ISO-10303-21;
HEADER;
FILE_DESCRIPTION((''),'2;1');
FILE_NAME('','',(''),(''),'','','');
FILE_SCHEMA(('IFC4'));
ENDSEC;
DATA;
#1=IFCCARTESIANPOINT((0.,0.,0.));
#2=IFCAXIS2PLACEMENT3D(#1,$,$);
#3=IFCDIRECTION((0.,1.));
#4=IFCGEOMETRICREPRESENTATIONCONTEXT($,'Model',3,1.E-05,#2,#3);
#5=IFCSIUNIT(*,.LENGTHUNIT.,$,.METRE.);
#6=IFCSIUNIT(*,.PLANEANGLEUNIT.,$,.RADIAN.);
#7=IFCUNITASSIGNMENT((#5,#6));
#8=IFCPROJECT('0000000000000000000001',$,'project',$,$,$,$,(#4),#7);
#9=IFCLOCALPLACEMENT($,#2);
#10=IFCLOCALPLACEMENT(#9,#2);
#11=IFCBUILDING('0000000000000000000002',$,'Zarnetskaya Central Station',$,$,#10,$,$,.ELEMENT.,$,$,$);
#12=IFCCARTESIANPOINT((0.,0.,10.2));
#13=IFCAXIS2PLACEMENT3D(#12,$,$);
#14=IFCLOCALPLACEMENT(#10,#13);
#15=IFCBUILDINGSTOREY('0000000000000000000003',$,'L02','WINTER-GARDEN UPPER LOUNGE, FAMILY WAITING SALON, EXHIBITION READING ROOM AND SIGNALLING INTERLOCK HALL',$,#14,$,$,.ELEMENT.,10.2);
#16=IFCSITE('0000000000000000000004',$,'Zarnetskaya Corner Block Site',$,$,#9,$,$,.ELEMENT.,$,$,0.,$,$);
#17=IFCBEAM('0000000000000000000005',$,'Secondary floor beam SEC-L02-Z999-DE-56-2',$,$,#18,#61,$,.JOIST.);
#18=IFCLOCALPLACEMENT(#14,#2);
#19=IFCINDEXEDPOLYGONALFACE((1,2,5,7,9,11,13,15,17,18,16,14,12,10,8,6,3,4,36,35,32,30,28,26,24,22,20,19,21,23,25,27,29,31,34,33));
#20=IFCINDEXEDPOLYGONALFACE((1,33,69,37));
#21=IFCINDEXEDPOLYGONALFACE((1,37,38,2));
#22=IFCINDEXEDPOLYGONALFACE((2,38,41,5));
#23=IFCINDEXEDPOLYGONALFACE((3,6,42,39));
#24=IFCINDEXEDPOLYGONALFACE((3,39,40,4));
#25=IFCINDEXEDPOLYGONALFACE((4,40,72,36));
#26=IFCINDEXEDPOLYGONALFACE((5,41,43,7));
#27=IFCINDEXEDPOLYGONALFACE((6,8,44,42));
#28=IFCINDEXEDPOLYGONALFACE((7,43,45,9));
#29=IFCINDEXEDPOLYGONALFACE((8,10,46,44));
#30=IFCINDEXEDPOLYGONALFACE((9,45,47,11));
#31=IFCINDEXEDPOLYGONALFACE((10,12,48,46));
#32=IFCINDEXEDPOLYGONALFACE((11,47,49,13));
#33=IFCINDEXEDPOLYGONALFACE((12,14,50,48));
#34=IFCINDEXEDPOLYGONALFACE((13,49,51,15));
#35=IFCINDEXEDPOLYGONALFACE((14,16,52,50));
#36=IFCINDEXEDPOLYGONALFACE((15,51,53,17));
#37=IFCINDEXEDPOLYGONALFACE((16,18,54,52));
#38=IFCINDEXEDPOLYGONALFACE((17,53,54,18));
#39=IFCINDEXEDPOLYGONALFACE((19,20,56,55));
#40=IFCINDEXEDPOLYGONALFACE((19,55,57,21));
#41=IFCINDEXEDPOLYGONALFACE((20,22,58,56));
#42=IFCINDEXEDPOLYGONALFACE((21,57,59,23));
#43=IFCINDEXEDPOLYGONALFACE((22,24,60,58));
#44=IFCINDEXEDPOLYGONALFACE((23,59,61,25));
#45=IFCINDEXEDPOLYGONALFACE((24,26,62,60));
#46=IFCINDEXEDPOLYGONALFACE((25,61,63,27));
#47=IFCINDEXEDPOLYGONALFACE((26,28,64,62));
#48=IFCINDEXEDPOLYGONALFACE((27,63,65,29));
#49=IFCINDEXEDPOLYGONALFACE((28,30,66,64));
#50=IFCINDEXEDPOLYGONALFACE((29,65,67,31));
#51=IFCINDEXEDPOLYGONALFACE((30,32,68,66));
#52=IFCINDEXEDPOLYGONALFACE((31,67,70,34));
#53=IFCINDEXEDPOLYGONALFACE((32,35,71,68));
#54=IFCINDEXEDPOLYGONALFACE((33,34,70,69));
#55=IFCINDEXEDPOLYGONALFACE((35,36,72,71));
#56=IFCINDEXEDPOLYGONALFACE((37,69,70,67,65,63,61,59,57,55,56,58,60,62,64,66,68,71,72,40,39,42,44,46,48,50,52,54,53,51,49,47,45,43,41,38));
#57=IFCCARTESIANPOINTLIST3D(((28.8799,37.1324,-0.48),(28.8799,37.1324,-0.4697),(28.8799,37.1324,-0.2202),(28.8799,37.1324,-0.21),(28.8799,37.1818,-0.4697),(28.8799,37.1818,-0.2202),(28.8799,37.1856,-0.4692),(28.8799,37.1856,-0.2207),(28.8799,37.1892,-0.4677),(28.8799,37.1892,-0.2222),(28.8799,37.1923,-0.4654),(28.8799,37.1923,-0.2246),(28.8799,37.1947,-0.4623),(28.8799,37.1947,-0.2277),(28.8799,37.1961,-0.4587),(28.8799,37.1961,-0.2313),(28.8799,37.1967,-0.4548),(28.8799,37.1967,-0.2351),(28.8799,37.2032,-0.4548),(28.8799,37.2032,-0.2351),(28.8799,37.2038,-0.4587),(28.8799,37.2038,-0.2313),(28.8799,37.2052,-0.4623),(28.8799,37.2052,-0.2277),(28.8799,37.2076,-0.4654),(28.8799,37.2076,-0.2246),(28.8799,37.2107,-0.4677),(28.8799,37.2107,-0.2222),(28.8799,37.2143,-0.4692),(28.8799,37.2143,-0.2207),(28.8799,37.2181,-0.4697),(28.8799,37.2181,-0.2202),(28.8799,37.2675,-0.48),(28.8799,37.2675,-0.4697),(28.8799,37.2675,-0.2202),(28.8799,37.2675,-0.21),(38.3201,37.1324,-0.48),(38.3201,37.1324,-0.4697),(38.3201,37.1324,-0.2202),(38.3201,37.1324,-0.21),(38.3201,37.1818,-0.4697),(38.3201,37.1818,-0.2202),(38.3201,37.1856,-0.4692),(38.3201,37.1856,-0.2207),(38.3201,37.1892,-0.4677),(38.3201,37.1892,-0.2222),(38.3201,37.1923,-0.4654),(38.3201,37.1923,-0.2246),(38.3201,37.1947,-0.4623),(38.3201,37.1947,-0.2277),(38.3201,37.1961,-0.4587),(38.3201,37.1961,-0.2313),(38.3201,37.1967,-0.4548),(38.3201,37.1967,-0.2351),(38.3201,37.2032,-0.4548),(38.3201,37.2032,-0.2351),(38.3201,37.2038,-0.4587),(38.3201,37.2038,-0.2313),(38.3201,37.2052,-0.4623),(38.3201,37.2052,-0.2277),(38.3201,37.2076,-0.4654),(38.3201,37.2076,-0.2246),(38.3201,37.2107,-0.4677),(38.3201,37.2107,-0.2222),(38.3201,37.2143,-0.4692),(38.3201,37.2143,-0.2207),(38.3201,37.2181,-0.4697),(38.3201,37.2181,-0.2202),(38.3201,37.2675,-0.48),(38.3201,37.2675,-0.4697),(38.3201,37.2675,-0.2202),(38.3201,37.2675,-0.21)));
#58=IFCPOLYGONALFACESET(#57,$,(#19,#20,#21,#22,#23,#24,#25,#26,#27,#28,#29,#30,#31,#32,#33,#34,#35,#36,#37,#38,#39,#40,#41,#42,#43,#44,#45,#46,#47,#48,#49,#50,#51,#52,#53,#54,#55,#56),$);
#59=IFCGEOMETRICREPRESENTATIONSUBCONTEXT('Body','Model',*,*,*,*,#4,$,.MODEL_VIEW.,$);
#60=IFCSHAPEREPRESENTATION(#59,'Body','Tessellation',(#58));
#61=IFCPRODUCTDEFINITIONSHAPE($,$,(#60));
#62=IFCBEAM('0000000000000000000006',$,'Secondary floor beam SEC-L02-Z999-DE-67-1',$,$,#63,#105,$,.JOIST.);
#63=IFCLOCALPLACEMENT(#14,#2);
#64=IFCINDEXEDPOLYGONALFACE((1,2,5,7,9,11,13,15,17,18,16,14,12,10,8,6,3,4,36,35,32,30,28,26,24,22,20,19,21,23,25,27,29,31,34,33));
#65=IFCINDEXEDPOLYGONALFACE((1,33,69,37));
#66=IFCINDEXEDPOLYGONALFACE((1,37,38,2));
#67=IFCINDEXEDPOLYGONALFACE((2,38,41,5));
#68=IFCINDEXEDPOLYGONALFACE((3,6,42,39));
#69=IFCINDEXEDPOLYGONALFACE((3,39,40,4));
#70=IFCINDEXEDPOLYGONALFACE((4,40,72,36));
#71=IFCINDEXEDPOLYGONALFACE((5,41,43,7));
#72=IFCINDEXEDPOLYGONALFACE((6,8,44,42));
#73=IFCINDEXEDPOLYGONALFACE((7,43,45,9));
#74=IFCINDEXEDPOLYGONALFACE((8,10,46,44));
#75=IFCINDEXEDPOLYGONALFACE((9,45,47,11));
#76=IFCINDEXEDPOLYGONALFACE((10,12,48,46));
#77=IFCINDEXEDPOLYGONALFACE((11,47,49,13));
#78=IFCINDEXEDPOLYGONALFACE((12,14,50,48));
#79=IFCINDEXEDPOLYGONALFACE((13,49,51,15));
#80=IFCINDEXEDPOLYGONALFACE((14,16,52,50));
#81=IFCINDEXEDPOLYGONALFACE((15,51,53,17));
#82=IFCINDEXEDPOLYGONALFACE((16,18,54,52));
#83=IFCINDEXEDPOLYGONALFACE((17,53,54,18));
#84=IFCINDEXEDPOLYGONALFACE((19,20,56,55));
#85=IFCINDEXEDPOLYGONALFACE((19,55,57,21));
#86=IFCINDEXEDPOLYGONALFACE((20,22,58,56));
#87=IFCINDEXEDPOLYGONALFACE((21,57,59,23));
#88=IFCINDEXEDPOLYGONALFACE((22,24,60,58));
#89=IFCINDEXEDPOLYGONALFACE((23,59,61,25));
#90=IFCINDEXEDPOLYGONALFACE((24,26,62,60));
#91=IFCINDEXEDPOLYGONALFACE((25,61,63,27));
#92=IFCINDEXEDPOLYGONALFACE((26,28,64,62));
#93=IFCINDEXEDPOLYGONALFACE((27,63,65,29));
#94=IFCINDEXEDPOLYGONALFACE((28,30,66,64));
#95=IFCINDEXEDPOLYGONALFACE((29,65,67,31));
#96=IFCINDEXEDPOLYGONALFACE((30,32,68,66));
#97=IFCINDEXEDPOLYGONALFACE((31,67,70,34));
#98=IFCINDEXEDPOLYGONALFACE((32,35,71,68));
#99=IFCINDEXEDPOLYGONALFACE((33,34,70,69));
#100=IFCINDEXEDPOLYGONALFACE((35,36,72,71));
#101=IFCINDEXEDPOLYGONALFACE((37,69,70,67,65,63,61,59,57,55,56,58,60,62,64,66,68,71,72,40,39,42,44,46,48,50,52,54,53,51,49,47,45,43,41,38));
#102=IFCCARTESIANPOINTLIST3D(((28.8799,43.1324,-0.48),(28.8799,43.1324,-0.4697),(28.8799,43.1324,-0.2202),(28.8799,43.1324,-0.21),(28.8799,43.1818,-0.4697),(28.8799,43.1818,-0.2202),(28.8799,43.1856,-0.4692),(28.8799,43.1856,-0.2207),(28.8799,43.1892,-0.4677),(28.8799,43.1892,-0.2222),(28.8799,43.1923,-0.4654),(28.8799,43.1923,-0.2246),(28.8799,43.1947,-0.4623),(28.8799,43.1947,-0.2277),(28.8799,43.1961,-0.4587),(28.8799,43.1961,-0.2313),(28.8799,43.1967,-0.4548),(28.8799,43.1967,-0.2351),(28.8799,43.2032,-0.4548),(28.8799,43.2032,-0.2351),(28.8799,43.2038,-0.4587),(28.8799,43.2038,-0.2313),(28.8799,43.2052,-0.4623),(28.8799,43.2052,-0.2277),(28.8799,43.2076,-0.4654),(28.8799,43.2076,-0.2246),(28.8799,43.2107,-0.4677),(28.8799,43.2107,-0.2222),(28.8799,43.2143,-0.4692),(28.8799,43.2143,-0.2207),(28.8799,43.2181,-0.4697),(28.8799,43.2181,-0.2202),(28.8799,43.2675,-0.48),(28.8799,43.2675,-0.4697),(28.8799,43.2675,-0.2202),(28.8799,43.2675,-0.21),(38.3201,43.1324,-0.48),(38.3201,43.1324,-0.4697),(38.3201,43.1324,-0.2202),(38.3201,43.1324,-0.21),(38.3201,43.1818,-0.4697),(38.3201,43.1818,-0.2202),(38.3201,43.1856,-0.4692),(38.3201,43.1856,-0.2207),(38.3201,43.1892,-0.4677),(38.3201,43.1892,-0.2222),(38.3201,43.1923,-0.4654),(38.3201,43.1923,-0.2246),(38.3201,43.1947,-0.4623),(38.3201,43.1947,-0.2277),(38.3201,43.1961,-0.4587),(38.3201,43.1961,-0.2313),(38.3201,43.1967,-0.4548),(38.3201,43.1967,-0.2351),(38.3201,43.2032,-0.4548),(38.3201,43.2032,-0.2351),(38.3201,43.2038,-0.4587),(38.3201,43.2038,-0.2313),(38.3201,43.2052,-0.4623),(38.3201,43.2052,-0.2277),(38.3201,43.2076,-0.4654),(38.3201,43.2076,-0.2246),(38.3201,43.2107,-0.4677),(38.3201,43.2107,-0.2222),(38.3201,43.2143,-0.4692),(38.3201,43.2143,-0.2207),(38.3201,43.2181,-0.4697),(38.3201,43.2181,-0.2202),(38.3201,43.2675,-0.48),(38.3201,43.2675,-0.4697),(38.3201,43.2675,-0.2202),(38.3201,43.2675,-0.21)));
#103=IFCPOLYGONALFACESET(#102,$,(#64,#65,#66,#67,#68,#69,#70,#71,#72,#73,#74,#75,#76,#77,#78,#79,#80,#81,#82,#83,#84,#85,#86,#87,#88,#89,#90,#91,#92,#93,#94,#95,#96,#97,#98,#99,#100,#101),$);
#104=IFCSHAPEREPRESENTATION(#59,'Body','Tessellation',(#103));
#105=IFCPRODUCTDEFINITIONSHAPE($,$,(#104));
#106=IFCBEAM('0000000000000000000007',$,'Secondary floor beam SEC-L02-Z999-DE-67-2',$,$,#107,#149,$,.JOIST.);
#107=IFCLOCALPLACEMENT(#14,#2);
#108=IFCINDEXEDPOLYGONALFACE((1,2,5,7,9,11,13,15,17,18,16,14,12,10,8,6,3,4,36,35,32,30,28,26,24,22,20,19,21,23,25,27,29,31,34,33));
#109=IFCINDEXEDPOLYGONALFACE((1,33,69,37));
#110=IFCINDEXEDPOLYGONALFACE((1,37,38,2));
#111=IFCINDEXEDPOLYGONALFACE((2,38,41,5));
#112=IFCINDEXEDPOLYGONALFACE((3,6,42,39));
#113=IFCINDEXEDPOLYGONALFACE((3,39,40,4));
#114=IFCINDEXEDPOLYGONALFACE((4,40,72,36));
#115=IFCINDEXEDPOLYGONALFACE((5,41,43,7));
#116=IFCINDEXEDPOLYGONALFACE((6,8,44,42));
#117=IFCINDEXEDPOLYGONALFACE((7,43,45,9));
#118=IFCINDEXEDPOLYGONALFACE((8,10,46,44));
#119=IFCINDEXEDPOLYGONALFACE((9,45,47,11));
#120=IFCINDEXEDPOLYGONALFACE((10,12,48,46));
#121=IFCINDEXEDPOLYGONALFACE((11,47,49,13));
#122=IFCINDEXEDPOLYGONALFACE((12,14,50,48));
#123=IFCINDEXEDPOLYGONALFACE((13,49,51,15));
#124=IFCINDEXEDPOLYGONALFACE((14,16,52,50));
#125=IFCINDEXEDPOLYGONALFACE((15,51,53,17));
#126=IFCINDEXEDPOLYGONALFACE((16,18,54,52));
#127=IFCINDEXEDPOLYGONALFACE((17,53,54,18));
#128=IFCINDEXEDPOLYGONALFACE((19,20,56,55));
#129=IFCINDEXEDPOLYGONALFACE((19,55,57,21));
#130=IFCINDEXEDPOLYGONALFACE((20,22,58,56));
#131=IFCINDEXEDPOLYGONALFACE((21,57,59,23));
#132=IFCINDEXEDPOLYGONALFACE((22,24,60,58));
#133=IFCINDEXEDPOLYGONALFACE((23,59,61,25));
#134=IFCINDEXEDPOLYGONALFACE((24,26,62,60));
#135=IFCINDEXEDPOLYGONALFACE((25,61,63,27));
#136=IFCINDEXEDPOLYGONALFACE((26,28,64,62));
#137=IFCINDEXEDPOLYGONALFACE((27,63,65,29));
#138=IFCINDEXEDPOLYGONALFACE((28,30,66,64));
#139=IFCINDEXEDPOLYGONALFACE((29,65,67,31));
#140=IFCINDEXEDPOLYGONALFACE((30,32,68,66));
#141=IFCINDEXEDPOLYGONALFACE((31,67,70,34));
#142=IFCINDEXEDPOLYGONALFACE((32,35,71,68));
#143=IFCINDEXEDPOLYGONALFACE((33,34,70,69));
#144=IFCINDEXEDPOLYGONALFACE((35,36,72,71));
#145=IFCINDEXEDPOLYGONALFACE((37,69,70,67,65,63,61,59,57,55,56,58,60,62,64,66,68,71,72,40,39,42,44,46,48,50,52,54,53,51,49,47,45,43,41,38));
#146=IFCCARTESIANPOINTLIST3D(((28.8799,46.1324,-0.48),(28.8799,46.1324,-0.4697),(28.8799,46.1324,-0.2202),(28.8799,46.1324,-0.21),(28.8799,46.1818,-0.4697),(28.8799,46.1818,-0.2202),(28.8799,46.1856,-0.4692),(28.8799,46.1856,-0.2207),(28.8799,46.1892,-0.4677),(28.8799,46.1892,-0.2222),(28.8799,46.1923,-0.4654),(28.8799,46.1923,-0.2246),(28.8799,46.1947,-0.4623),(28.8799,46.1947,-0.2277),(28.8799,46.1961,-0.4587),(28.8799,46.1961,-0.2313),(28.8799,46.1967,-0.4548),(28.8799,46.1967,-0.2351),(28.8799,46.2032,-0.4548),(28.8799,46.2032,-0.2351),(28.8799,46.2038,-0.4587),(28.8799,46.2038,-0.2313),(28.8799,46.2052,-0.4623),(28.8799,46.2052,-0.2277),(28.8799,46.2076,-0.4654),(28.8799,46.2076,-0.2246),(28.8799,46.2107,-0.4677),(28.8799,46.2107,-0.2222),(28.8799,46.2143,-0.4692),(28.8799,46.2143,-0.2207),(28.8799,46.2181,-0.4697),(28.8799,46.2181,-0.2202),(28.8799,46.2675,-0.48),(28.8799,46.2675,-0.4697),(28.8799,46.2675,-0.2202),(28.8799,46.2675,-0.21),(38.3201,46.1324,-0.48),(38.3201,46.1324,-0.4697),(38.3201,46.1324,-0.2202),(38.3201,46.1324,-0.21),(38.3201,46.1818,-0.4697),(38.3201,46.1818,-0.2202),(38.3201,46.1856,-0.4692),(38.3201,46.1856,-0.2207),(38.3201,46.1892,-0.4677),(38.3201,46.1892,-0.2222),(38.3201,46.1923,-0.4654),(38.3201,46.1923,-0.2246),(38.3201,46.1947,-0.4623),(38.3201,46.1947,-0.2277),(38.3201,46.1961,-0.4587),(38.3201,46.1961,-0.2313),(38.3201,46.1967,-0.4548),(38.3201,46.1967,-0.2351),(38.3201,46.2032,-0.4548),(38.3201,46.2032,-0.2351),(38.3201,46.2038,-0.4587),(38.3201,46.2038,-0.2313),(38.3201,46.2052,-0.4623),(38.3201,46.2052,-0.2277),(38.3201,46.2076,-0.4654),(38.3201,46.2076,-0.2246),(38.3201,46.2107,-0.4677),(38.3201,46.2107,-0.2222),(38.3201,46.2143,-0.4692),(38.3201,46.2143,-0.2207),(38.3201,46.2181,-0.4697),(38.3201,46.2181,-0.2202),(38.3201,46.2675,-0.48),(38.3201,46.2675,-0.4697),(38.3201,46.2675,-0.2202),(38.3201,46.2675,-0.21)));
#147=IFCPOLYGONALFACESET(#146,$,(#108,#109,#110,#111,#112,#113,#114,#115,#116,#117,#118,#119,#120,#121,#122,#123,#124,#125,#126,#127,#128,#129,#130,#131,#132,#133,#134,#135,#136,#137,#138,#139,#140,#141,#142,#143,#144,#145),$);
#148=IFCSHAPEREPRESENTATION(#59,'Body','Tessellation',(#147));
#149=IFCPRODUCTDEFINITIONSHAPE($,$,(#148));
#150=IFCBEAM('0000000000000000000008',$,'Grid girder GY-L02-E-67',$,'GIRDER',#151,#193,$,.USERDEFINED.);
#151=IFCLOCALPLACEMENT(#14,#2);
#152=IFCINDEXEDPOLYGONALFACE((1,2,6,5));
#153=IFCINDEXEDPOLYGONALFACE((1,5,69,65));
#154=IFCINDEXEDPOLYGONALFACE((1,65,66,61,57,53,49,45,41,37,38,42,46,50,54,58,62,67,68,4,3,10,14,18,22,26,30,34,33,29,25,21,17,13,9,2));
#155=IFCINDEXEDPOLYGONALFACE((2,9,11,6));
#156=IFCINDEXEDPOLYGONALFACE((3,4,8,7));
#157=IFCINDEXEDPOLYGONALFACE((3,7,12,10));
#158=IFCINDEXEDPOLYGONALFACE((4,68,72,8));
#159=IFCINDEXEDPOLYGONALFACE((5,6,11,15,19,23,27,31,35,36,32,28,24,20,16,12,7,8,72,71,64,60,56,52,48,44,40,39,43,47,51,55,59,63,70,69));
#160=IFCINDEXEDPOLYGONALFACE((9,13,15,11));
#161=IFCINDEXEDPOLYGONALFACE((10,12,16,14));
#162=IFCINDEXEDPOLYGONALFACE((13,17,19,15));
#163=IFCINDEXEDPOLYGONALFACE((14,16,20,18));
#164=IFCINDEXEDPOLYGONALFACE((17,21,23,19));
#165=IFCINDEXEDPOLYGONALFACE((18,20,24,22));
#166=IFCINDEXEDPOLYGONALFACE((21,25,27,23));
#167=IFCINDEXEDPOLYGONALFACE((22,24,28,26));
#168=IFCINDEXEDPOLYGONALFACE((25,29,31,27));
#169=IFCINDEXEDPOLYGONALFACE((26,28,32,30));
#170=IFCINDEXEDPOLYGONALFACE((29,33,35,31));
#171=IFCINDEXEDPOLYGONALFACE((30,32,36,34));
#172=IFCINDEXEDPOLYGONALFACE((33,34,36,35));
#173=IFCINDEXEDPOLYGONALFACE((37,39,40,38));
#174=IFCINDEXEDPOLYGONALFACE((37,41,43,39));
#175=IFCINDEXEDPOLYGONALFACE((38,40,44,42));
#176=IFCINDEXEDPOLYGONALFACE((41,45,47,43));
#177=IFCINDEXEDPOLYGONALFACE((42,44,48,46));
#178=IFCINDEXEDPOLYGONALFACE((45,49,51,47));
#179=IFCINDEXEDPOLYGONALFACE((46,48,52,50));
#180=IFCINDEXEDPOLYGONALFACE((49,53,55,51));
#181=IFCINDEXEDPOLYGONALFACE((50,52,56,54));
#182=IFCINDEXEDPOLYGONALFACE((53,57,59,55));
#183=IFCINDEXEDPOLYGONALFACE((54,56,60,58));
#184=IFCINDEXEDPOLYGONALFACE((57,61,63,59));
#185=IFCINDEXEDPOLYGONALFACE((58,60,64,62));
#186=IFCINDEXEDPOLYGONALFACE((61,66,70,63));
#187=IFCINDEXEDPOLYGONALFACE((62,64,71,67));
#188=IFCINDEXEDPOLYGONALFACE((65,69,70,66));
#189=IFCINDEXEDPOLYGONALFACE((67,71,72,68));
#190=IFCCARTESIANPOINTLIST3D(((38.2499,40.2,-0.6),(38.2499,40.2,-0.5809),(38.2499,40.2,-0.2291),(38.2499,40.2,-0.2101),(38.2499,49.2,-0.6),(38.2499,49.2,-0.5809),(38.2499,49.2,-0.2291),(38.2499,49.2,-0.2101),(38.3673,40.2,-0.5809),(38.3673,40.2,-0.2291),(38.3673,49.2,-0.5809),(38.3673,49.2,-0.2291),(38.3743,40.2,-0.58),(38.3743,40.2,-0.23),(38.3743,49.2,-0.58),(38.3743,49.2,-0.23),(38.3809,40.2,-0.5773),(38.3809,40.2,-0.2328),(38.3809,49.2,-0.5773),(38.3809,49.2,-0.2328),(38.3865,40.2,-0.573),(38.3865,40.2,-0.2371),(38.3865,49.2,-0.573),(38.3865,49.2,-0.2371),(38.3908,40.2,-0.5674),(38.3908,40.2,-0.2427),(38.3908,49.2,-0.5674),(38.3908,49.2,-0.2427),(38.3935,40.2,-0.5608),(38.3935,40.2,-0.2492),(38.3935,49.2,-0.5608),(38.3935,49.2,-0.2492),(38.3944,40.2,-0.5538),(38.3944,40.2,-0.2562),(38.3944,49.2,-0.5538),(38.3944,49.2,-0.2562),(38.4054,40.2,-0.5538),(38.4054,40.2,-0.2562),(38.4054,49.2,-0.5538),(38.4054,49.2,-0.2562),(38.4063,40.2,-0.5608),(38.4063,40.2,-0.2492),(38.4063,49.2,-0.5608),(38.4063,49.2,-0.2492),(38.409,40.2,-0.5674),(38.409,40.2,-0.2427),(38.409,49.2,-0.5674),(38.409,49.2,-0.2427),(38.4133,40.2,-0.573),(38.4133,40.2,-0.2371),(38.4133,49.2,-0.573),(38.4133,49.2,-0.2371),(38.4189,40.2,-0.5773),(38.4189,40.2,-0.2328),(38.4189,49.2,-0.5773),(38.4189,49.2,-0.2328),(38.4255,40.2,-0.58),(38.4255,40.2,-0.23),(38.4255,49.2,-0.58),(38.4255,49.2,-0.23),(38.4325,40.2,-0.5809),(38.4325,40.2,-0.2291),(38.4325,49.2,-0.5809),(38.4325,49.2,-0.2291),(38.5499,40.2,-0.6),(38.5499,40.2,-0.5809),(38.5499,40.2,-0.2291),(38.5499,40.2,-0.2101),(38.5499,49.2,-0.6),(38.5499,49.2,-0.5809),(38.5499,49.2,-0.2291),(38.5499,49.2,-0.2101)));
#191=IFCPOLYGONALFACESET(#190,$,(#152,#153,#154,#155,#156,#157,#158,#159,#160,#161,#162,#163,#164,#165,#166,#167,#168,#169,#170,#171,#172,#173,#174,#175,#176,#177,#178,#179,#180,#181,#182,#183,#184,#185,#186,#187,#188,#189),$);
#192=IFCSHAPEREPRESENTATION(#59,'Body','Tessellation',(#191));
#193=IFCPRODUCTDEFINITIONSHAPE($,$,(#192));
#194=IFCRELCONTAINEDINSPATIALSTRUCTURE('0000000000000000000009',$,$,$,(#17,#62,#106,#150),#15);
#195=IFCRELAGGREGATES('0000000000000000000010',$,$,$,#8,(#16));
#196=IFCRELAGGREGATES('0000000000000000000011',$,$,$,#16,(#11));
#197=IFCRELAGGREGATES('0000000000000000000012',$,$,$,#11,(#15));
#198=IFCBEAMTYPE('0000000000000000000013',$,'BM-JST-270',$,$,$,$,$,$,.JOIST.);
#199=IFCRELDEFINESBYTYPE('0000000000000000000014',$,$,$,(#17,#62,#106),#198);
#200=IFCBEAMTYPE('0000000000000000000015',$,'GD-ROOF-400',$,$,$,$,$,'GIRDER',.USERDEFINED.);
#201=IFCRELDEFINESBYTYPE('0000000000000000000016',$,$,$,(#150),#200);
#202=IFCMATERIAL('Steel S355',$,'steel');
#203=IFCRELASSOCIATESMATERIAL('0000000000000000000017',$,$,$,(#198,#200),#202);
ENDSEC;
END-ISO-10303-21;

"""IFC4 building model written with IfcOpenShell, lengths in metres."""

from ifc_helpers import new_model, si_unit, direction, frame, origin, origin_2d, place, context, subcontext, project, spatial, i_section, extrude, material, material_profile, profile_set, type_object, element, save


model = new_model("IFC4")

# Units and contexts
model_context = context("Model", 3, precision=1e-05, world=origin(), true_north=direction((0.0, 1.0)))
body_context = subcontext(model_context, "Body", "Model", "MODEL_VIEW")
ifc_project = project(units=[si_unit("LENGTHUNIT", "METRE"), si_unit("PLANEANGLEUNIT", "RADIAN")], contexts=[model_context])

# Site, building, storey
site_placement = place(None, origin())
site = spatial("IfcSite", under=ifc_project, at=site_placement, Name="Zarnetskaya Corner Block Site", CompositionType="ELEMENT", RefElevation=0.0)
building_placement = place(site_placement, origin())
building = spatial("IfcBuilding", under=site, at=building_placement, Name="Zarnetskaya Central Station", CompositionType="ELEMENT")
storey_placement = place(building_placement, frame((0.0, 0.0, 10.2)))
storey = spatial("IfcBuildingStorey", under=building, at=storey_placement, Name="L02", Description="WINTER-GARDEN UPPER LOUNGE, FAMILY WAITING SALON, EXHIBITION READING ROOM AND SIGNALLING INTERLOCK HALL", CompositionType="ELEMENT", Elevation=10.2)

# Beams
ifc_material_1 = material(Name="Steel S355", Category="steel")
ifc_material_profile_1 = material_profile(ifc_material_1, i_section(OverallWidth=0.135, OverallDepth=0.27, WebThickness=0.0066, FlangeThickness=0.0103, FilletRadius=0.0149, at=origin_2d()), Name="IPE 270")
ifc_profile_set_1 = profile_set([ifc_material_profile_1], Name="Steel S355")
beam_type_1 = type_object("IfcBeamType", Name="BM-JST-270", PredefinedType="JOIST", material=ifc_profile_set_1)
for number, where, z_axis, x_axis, name in (
    (1, (28.8799, 37.2, -0.345), (1.0, 0.0, 0.0), (0.0, 1.0, 0.0), "Secondary floor beam SEC-L02-Z999-DE-56-2"),
    (2, (28.8799, 43.2, -0.345), (1.0, 0.0, 0.0), (0.0, 1.0, 0.0), "Secondary floor beam SEC-L02-Z999-DE-67-1"),
    (3, (28.8799, 46.2, -0.345), (1.0, 0.0, 0.0), (0.0, 1.0, 0.0), "Secondary floor beam SEC-L02-Z999-DE-67-2"),
):
    element("IfcBeam", number, at=place(storey_placement, frame(where, z_axis=z_axis, x_axis=x_axis)), inside=storey, type_object=beam_type_1, Name=name, PredefinedType="JOIST", context=body_context, shape_type="SweptSolid", body=[
        extrude(i_section(OverallWidth=0.135, OverallDepth=0.27, WebThickness=0.0066, FlangeThickness=0.0103, FilletRadius=0.0149, at=origin_2d()), origin(), (0.0, 0.0, 1.0), 9.4402),
    ])
ifc_material_profile_2 = material_profile(ifc_material_1, i_section(OverallWidth=0.3, OverallDepth=0.3899, WebThickness=0.011, FlangeThickness=0.019, FilletRadius=0.0271, at=origin_2d()), Name="HEA 400")
ifc_profile_set_2 = profile_set([ifc_material_profile_2], Name="Steel S355")
beam_type_2 = type_object("IfcBeamType", Name="GD-ROOF-400", ElementType="GIRDER", PredefinedType="USERDEFINED", material=ifc_profile_set_2)
beam_placement = place(storey_placement, frame((38.3999, 40.2, -0.405), z_axis=(0.0, 1.0, 0.0), x_axis=(-1.0, 0.0, 0.0)))
element("IfcBeam", 4, at=beam_placement, inside=storey, type_object=beam_type_2, Name="Grid girder GY-L02-E-67", ObjectType="GIRDER", PredefinedType="USERDEFINED", context=body_context, shape_type="SweptSolid", body=[
    extrude(i_section(OverallWidth=0.3, OverallDepth=0.3899, WebThickness=0.011, FlangeThickness=0.019, FilletRadius=0.0271, at=origin_2d()), origin(), (0.0, 0.0, 1.0), 9.0),
])

save(model, "model.ifc")
